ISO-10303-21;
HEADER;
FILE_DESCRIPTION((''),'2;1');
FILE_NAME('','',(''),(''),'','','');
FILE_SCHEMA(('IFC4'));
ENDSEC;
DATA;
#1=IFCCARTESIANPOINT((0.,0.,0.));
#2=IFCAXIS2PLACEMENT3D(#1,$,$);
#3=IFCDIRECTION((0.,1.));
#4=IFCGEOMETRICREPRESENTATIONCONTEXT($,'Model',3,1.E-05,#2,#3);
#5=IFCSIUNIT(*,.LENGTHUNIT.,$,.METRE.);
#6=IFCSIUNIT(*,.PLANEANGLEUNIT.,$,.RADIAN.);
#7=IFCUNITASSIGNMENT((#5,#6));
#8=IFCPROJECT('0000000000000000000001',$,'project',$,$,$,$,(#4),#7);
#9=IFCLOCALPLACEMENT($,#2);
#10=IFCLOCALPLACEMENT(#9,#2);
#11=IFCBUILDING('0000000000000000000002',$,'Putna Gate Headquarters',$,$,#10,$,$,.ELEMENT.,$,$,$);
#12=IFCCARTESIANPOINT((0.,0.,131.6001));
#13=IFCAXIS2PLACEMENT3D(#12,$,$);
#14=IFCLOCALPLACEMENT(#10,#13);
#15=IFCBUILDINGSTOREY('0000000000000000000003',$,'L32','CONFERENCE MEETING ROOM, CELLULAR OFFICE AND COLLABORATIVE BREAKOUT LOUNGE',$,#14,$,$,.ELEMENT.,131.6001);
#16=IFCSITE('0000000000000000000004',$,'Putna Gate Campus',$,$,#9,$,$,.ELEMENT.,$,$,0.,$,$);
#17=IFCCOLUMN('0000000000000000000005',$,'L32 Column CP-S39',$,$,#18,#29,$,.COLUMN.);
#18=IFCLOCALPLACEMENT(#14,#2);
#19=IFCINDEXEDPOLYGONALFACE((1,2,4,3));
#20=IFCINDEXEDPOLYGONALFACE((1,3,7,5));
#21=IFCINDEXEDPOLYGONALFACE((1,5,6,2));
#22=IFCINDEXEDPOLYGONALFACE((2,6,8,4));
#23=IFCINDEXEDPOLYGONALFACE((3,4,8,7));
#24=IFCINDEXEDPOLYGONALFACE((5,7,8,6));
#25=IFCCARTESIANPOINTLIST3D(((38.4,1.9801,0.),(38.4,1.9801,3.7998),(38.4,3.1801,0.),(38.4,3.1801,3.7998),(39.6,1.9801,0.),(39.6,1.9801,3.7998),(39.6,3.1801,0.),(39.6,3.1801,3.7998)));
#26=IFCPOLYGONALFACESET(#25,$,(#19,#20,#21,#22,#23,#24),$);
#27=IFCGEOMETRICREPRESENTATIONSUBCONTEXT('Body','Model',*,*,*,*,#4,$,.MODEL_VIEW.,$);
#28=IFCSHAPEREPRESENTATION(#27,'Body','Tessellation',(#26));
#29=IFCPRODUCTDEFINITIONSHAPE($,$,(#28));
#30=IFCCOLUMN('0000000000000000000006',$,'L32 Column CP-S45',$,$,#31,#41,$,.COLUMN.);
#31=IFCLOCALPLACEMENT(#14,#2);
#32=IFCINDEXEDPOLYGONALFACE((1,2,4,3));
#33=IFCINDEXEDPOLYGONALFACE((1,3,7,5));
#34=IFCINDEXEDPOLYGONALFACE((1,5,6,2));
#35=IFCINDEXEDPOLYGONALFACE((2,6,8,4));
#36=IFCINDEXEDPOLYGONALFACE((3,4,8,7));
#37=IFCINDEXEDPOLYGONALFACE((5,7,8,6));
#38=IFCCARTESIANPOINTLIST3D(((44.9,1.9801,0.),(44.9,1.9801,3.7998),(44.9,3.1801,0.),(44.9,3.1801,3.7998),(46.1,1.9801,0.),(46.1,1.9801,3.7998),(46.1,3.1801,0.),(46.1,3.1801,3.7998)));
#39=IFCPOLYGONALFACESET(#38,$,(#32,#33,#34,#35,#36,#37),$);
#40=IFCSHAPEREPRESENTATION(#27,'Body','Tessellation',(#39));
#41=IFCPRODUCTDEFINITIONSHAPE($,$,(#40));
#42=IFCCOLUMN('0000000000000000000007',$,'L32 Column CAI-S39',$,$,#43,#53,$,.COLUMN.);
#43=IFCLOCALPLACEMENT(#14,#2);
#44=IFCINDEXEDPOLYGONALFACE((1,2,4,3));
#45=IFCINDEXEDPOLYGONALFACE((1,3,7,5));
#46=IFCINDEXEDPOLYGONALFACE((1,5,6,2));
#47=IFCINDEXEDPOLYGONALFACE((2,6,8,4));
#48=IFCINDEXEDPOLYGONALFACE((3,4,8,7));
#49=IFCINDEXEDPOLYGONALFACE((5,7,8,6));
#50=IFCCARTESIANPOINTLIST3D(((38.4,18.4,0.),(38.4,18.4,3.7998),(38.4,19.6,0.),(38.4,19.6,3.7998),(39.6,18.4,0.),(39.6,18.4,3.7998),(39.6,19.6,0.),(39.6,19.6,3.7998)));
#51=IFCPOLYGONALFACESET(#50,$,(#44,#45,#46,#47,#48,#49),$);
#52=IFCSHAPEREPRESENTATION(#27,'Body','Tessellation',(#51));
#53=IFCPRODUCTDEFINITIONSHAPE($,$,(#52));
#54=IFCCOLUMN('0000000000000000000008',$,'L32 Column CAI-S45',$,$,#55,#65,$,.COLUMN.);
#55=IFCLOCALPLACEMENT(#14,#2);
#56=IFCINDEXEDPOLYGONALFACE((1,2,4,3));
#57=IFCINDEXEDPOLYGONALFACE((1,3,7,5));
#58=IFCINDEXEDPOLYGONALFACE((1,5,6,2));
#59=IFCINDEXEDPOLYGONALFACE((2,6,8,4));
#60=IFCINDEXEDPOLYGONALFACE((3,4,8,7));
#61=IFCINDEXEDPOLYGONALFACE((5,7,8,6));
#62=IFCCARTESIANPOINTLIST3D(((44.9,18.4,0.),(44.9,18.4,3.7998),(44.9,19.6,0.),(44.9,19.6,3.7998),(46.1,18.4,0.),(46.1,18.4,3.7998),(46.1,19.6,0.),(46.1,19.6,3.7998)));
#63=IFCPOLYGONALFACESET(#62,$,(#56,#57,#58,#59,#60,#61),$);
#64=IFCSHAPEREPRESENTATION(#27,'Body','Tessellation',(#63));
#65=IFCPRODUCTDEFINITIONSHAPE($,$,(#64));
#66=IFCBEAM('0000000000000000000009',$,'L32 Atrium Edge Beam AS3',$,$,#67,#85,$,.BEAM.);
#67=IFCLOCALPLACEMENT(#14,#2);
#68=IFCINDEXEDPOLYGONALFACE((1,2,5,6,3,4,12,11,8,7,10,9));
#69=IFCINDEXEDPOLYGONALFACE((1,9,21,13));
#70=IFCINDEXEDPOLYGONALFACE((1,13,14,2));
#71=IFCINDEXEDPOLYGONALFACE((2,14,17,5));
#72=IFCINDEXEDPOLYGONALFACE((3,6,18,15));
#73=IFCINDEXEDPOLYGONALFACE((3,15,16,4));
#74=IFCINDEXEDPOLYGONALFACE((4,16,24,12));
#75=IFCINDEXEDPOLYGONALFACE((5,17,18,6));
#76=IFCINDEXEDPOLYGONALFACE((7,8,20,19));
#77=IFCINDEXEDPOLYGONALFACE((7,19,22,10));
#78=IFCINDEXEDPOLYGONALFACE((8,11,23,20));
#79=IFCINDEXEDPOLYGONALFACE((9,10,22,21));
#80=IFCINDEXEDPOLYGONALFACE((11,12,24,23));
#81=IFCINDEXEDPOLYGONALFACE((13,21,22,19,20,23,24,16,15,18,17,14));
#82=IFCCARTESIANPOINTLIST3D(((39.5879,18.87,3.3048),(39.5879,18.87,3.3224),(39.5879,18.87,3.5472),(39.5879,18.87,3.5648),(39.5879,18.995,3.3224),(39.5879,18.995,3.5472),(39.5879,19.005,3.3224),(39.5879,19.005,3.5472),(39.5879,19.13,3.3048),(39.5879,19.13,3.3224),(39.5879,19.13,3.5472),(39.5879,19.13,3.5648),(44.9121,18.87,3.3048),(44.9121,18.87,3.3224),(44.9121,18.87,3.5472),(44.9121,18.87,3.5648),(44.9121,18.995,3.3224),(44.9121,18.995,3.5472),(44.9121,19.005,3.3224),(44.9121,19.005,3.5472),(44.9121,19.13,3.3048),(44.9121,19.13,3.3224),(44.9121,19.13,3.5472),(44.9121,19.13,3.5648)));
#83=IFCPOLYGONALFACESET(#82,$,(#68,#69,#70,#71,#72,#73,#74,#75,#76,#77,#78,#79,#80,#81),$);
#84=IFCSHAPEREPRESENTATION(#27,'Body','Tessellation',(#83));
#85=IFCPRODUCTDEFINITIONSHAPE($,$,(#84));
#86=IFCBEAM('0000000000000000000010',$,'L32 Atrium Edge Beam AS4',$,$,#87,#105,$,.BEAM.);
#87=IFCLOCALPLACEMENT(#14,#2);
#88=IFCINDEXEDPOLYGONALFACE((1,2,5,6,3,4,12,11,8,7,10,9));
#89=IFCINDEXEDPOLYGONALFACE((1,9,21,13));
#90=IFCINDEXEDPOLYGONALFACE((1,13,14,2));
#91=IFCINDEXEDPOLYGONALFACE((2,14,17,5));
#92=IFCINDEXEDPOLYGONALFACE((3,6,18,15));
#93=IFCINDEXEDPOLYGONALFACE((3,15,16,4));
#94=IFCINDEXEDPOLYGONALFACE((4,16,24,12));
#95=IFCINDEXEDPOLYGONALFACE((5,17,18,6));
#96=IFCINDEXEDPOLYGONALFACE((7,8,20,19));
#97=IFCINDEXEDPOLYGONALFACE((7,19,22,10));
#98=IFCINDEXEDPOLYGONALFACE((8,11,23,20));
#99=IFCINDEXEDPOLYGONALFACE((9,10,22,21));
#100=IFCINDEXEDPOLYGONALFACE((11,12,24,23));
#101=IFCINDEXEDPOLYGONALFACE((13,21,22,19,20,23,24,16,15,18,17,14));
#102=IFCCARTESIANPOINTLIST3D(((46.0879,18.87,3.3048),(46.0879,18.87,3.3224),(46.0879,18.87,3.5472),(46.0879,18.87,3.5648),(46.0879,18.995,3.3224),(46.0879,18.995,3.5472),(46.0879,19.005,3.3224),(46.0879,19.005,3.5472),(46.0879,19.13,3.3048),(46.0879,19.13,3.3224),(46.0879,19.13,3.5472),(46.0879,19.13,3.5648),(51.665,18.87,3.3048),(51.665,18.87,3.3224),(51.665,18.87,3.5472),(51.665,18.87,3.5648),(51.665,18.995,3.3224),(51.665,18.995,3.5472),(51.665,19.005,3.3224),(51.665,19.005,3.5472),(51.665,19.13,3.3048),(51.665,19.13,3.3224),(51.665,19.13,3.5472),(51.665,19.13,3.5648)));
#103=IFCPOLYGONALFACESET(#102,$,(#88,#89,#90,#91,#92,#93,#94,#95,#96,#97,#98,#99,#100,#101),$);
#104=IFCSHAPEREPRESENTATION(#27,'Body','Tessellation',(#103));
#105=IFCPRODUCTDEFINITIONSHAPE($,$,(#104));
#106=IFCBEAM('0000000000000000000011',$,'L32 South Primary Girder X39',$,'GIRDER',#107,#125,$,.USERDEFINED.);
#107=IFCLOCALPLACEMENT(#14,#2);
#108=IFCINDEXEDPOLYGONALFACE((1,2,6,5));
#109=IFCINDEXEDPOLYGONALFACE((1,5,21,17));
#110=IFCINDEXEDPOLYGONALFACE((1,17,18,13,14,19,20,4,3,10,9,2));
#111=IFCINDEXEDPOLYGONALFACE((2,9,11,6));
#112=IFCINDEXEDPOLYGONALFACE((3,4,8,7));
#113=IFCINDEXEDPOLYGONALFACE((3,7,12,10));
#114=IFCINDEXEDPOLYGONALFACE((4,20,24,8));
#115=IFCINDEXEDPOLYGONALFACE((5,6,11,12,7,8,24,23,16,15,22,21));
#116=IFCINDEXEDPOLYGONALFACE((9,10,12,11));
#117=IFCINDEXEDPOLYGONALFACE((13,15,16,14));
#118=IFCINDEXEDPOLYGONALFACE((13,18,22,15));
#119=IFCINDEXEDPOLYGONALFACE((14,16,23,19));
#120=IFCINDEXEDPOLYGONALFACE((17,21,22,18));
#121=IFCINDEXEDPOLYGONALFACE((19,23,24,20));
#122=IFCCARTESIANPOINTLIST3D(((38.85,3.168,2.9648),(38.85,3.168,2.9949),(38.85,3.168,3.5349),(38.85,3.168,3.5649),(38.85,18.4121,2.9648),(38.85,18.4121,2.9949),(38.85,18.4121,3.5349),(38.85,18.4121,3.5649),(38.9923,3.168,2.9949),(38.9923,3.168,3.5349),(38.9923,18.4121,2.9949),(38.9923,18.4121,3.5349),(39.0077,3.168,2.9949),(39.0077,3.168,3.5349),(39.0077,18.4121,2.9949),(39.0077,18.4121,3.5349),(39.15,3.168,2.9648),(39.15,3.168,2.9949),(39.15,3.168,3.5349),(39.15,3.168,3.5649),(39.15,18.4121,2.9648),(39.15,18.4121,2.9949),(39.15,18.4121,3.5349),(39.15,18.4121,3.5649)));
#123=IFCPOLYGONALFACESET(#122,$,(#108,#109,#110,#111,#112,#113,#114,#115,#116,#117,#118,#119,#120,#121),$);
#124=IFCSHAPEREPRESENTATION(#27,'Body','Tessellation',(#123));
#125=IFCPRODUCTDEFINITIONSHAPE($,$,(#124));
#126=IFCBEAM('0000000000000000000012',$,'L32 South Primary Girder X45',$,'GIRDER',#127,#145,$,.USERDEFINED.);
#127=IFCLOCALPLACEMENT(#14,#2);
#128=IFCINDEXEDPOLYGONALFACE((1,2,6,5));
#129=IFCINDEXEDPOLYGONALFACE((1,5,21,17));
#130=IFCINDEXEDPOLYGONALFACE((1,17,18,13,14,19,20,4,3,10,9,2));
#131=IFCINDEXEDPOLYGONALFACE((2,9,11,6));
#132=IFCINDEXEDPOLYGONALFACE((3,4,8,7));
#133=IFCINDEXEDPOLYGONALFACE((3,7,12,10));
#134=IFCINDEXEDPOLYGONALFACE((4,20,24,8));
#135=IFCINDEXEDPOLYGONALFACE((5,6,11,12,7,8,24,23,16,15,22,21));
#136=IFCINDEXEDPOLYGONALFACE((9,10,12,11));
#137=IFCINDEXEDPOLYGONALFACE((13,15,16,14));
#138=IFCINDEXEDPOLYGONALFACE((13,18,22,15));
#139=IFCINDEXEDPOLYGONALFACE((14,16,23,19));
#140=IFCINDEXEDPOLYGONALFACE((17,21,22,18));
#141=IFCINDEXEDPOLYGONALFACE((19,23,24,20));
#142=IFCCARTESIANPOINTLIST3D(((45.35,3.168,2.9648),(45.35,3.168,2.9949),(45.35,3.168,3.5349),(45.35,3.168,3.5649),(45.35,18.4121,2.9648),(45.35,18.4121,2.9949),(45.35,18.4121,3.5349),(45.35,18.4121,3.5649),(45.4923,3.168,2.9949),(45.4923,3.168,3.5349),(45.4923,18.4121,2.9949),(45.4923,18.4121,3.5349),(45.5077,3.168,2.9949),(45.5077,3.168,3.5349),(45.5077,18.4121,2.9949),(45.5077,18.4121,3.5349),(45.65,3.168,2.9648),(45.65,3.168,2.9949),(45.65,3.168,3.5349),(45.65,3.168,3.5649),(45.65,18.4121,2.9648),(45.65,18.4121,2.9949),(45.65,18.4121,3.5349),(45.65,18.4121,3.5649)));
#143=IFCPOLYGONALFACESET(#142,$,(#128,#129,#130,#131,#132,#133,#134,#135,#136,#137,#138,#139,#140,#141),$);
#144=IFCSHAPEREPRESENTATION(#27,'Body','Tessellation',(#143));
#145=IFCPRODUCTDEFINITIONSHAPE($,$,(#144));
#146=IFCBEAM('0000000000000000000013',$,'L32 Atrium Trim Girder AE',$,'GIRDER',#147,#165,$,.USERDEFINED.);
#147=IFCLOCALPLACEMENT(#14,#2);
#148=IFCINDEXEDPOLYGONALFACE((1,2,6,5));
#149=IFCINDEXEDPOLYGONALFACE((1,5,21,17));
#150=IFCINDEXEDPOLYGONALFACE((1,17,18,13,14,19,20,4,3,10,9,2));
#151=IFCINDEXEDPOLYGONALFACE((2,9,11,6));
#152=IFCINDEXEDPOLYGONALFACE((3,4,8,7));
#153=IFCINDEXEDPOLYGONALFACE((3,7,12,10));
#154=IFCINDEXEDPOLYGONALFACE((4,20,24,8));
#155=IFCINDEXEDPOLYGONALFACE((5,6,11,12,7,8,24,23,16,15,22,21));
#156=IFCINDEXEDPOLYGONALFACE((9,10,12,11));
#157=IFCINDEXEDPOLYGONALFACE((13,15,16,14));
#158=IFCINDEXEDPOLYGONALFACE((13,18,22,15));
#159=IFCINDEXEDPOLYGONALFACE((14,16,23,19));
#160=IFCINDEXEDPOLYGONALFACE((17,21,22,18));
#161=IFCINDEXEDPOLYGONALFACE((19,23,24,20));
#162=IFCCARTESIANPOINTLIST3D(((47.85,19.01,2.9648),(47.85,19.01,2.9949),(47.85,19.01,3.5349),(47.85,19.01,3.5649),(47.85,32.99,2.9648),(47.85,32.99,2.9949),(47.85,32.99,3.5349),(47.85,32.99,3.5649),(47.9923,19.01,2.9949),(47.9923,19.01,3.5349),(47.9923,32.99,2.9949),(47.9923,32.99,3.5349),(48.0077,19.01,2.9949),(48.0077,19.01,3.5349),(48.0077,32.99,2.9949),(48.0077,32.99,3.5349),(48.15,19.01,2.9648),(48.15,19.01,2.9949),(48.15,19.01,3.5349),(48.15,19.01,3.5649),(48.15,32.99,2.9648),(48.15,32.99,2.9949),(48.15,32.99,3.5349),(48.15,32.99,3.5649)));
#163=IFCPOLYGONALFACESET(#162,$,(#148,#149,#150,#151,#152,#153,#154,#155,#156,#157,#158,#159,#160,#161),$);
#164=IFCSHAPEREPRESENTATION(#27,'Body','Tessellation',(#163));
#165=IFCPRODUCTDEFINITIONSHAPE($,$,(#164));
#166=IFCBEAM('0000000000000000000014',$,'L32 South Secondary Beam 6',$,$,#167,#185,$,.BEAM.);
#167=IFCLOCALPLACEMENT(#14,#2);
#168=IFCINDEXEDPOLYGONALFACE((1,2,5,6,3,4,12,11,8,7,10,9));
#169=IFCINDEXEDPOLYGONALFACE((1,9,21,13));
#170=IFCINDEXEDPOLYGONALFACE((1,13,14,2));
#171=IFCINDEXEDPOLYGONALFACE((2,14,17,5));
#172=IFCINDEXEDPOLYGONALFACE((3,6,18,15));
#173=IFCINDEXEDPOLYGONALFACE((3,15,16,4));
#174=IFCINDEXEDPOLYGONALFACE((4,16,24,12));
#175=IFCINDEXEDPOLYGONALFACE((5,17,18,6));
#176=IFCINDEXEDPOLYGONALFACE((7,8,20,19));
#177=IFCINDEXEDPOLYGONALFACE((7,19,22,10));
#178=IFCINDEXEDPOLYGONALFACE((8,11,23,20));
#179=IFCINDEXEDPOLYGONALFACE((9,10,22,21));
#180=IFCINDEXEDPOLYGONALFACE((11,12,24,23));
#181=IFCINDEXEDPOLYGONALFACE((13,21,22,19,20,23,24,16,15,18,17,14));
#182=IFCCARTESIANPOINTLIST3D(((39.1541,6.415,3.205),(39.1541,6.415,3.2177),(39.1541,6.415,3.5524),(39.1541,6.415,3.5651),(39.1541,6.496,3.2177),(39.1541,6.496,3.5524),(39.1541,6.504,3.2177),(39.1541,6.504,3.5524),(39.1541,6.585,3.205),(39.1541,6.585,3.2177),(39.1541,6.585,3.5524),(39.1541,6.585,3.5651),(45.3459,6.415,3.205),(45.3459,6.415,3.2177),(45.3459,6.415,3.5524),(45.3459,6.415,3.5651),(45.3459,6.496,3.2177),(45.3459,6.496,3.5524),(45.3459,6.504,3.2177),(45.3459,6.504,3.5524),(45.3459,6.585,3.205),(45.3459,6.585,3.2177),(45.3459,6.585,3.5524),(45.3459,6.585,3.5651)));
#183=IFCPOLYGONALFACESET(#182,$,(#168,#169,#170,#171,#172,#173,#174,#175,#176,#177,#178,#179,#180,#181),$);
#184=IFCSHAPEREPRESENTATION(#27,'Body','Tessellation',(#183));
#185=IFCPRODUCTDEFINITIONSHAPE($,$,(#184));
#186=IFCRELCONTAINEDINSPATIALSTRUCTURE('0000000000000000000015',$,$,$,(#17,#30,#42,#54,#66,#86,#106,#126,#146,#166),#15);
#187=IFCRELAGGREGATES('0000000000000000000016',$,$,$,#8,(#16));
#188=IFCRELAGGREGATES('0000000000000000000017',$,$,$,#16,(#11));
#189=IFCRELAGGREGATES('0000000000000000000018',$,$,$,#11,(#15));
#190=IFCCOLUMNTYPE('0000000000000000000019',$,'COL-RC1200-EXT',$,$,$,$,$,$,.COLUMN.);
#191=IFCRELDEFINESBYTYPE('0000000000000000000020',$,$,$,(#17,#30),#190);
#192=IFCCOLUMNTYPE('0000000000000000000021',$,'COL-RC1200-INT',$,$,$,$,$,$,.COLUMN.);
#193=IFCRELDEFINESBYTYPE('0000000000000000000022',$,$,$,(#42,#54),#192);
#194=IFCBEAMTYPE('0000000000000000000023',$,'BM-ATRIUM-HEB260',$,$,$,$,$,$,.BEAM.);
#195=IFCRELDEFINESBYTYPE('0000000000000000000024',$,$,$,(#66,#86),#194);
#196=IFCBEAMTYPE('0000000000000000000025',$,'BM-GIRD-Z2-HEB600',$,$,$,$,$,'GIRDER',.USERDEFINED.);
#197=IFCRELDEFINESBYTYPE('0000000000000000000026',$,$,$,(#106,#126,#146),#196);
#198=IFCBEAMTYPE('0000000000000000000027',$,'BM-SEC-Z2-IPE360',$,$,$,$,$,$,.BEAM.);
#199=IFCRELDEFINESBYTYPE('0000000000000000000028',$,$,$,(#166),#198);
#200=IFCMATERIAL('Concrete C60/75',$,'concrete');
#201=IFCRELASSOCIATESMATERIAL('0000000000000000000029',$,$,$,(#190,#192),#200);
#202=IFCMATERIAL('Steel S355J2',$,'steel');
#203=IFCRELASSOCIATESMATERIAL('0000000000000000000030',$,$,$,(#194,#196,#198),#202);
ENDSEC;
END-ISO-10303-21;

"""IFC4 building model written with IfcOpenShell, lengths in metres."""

from ifc_helpers import new_model, si_unit, direction, frame, origin, origin_2d, place, context, subcontext, project, spatial, rectangle, i_section, extrude, material, material_profile, profile_set, type_object, element, save


model = new_model("IFC4")

# Units and contexts
model_context = context("Model", 3, precision=1e-05, world=origin(), true_north=direction((0.0, 1.0)))
body_context = subcontext(model_context, "Body", "Model", "MODEL_VIEW")
ifc_project = project(units=[si_unit("LENGTHUNIT", "METRE"), si_unit("PLANEANGLEUNIT", "RADIAN")], contexts=[model_context])

# Site, building, storey
site_placement = place(None, origin())
site = spatial("IfcSite", under=ifc_project, at=site_placement, Name="Putna Gate Campus", CompositionType="ELEMENT", RefElevation=0.0)
building_placement = place(site_placement, origin())
building = spatial("IfcBuilding", under=site, at=building_placement, Name="Putna Gate Headquarters", CompositionType="ELEMENT")
storey_placement = place(building_placement, frame((0.0, 0.0, 131.6001)))
storey = spatial("IfcBuildingStorey", under=building, at=storey_placement, Name="L32", Description="CONFERENCE MEETING ROOM, CELLULAR OFFICE AND COLLABORATIVE BREAKOUT LOUNGE", CompositionType="ELEMENT", Elevation=131.6001)

# Columns
ifc_material_1 = material(Name="Concrete C60/75", Category="concrete")
ifc_material_profile_1 = material_profile(ifc_material_1, rectangle(XDim=1.2, YDim=1.2, at=origin_2d()), Name="Concrete C60/75")
ifc_profile_set_1 = profile_set([ifc_material_profile_1], Name="Concrete C60/75")
column_type_1 = type_object("IfcColumnType", Name="COL-RC1200-EXT", PredefinedType="COLUMN", material=ifc_profile_set_1)
for number, where, z_axis, x_axis, name in (
    (1, (39.0, 2.5801, 0.0), (0.0, 0.0, 1.0), (1.0, 0.0, 0.0), "L32 Column CP-S39"),
    (2, (45.5, 2.5801, 0.0), (0.0, 0.0, 1.0), (1.0, 0.0, 0.0), "L32 Column CP-S45"),
):
    element("IfcColumn", number, at=place(storey_placement, frame(where, z_axis=z_axis, x_axis=x_axis)), inside=storey, type_object=column_type_1, Name=name, PredefinedType="COLUMN", context=body_context, shape_type="SweptSolid", body=[
        extrude(rectangle(XDim=1.2, YDim=1.2, at=origin_2d()), origin(), (0.0, 0.0, 1.0), 3.7998),
    ])
ifc_material_profile_2 = material_profile(ifc_material_1, rectangle(XDim=1.2, YDim=1.2, at=origin_2d()), Name="Concrete C60/75")
ifc_profile_set_2 = profile_set([ifc_material_profile_2], Name="Concrete C60/75")
column_type_2 = type_object("IfcColumnType", Name="COL-RC1200-INT", PredefinedType="COLUMN", material=ifc_profile_set_2)
for number, where, z_axis, x_axis, name in (
    (3, (39.0, 19.0, 0.0), (0.0, 0.0, 1.0), (1.0, 0.0, 0.0), "L32 Column CAI-S39"),
    (4, (45.5, 19.0, 0.0), (0.0, 0.0, 1.0), (1.0, 0.0, 0.0), "L32 Column CAI-S45"),
):
    element("IfcColumn", number, at=place(storey_placement, frame(where, z_axis=z_axis, x_axis=x_axis)), inside=storey, type_object=column_type_2, Name=name, PredefinedType="COLUMN", context=body_context, shape_type="SweptSolid", body=[
        extrude(rectangle(XDim=1.2, YDim=1.2, at=origin_2d()), origin(), (0.0, 0.0, 1.0), 3.7998),
    ])

# Beams
ifc_material_2 = material(Name="Steel S355J2", Category="steel")
ifc_material_profile_3 = material_profile(ifc_material_2, i_section(OverallWidth=0.26, OverallDepth=0.26, WebThickness=0.01, FlangeThickness=0.0176, at=origin_2d()), Name="Steel S355J2")
ifc_profile_set_3 = profile_set([ifc_material_profile_3], Name="Steel S355J2")
beam_type_1 = type_object("IfcBeamType", Name="BM-ATRIUM-HEB260", PredefinedType="BEAM", material=ifc_profile_set_3)
beam_1_placement = place(storey_placement, frame((39.5879, 19.0, 3.4348), z_axis=(1.0, 0.0, 0.0), x_axis=(0.0, 1.0, 0.0)))
element("IfcBeam", 5, at=beam_1_placement, inside=storey, type_object=beam_type_1, Name="L32 Atrium Edge Beam AS3", PredefinedType="BEAM", context=body_context, shape_type="SweptSolid", body=[
    extrude(i_section(OverallWidth=0.26, OverallDepth=0.26, WebThickness=0.01, FlangeThickness=0.0176, at=origin_2d()), origin(), (0.0, 0.0, 1.0), 5.3242),
])
beam_2_placement = place(storey_placement, frame((46.0879, 19.0, 3.4348), z_axis=(1.0, 0.0, 0.0), x_axis=(0.0, 1.0, 0.0)))
element("IfcBeam", 6, at=beam_2_placement, inside=storey, type_object=beam_type_1, Name="L32 Atrium Edge Beam AS4", PredefinedType="BEAM", context=body_context, shape_type="SweptSolid", body=[
    extrude(i_section(OverallWidth=0.26, OverallDepth=0.26, WebThickness=0.01, FlangeThickness=0.0176, at=origin_2d()), origin(), (0.0, 0.0, 1.0), 5.5771),
])
ifc_material_profile_4 = material_profile(ifc_material_2, i_section(OverallWidth=0.3, OverallDepth=0.6001, WebThickness=0.0154, FlangeThickness=0.03, at=origin_2d()), Name="Steel S355J2")
ifc_profile_set_4 = profile_set([ifc_material_profile_4], Name="Steel S355J2")
beam_type_2 = type_object("IfcBeamType", Name="BM-GIRD-Z2-HEB600", ElementType="GIRDER", PredefinedType="USERDEFINED", material=ifc_profile_set_4)
for number, where, z_axis, x_axis, name in (
    (7, (39.0, 3.168, 3.2649), (0.0, 1.0, 0.0), (-1.0, 0.0, 0.0), "L32 South Primary Girder X39"),
    (8, (45.5, 3.168, 3.2649), (0.0, 1.0, 0.0), (-1.0, 0.0, 0.0), "L32 South Primary Girder X45"),
):
    element("IfcBeam", number, at=place(storey_placement, frame(where, z_axis=z_axis, x_axis=x_axis)), inside=storey, type_object=beam_type_2, Name=name, ObjectType="GIRDER", PredefinedType="USERDEFINED", context=body_context, shape_type="SweptSolid", body=[
        extrude(i_section(OverallWidth=0.3, OverallDepth=0.6001, WebThickness=0.0154, FlangeThickness=0.03, at=origin_2d()), origin(), (0.0, 0.0, 1.0), 15.2441),
    ])
beam_3_placement = place(storey_placement, frame((48.0, 19.01, 3.2649), z_axis=(0.0, 1.0, 0.0), x_axis=(-1.0, 0.0, 0.0)))
element("IfcBeam", 9, at=beam_3_placement, inside=storey, type_object=beam_type_2, Name="L32 Atrium Trim Girder AE", ObjectType="GIRDER", PredefinedType="USERDEFINED", context=body_context, shape_type="SweptSolid", body=[
    extrude(i_section(OverallWidth=0.3, OverallDepth=0.6001, WebThickness=0.0154, FlangeThickness=0.03, at=origin_2d()), origin(), (0.0, 0.0, 1.0), 13.98),
])
ifc_material_profile_5 = material_profile(ifc_material_2, i_section(OverallWidth=0.1699, OverallDepth=0.3601, WebThickness=0.0081, FlangeThickness=0.0127, at=origin_2d()), Name="Steel S355J2")
ifc_profile_set_5 = profile_set([ifc_material_profile_5], Name="Steel S355J2")
beam_type_3 = type_object("IfcBeamType", Name="BM-SEC-Z2-IPE360", PredefinedType="BEAM", material=ifc_profile_set_5)
for number, where, z_axis, x_axis, name in (
    (10, (39.1541, 6.5, 3.385), (1.0, 0.0, 0.0), (0.0, 1.0, 0.0), "L32 South Secondary Beam 6"),
):
    element("IfcBeam", number, at=place(storey_placement, frame(where, z_axis=z_axis, x_axis=x_axis)), inside=storey, type_object=beam_type_3, Name=name, PredefinedType="BEAM", context=body_context, shape_type="SweptSolid", body=[
        extrude(i_section(OverallWidth=0.1699, OverallDepth=0.3601, WebThickness=0.0081, FlangeThickness=0.0127, at=origin_2d()), origin(), (0.0, 0.0, 1.0), 6.1919),
    ])

save(model, "model.ifc")
